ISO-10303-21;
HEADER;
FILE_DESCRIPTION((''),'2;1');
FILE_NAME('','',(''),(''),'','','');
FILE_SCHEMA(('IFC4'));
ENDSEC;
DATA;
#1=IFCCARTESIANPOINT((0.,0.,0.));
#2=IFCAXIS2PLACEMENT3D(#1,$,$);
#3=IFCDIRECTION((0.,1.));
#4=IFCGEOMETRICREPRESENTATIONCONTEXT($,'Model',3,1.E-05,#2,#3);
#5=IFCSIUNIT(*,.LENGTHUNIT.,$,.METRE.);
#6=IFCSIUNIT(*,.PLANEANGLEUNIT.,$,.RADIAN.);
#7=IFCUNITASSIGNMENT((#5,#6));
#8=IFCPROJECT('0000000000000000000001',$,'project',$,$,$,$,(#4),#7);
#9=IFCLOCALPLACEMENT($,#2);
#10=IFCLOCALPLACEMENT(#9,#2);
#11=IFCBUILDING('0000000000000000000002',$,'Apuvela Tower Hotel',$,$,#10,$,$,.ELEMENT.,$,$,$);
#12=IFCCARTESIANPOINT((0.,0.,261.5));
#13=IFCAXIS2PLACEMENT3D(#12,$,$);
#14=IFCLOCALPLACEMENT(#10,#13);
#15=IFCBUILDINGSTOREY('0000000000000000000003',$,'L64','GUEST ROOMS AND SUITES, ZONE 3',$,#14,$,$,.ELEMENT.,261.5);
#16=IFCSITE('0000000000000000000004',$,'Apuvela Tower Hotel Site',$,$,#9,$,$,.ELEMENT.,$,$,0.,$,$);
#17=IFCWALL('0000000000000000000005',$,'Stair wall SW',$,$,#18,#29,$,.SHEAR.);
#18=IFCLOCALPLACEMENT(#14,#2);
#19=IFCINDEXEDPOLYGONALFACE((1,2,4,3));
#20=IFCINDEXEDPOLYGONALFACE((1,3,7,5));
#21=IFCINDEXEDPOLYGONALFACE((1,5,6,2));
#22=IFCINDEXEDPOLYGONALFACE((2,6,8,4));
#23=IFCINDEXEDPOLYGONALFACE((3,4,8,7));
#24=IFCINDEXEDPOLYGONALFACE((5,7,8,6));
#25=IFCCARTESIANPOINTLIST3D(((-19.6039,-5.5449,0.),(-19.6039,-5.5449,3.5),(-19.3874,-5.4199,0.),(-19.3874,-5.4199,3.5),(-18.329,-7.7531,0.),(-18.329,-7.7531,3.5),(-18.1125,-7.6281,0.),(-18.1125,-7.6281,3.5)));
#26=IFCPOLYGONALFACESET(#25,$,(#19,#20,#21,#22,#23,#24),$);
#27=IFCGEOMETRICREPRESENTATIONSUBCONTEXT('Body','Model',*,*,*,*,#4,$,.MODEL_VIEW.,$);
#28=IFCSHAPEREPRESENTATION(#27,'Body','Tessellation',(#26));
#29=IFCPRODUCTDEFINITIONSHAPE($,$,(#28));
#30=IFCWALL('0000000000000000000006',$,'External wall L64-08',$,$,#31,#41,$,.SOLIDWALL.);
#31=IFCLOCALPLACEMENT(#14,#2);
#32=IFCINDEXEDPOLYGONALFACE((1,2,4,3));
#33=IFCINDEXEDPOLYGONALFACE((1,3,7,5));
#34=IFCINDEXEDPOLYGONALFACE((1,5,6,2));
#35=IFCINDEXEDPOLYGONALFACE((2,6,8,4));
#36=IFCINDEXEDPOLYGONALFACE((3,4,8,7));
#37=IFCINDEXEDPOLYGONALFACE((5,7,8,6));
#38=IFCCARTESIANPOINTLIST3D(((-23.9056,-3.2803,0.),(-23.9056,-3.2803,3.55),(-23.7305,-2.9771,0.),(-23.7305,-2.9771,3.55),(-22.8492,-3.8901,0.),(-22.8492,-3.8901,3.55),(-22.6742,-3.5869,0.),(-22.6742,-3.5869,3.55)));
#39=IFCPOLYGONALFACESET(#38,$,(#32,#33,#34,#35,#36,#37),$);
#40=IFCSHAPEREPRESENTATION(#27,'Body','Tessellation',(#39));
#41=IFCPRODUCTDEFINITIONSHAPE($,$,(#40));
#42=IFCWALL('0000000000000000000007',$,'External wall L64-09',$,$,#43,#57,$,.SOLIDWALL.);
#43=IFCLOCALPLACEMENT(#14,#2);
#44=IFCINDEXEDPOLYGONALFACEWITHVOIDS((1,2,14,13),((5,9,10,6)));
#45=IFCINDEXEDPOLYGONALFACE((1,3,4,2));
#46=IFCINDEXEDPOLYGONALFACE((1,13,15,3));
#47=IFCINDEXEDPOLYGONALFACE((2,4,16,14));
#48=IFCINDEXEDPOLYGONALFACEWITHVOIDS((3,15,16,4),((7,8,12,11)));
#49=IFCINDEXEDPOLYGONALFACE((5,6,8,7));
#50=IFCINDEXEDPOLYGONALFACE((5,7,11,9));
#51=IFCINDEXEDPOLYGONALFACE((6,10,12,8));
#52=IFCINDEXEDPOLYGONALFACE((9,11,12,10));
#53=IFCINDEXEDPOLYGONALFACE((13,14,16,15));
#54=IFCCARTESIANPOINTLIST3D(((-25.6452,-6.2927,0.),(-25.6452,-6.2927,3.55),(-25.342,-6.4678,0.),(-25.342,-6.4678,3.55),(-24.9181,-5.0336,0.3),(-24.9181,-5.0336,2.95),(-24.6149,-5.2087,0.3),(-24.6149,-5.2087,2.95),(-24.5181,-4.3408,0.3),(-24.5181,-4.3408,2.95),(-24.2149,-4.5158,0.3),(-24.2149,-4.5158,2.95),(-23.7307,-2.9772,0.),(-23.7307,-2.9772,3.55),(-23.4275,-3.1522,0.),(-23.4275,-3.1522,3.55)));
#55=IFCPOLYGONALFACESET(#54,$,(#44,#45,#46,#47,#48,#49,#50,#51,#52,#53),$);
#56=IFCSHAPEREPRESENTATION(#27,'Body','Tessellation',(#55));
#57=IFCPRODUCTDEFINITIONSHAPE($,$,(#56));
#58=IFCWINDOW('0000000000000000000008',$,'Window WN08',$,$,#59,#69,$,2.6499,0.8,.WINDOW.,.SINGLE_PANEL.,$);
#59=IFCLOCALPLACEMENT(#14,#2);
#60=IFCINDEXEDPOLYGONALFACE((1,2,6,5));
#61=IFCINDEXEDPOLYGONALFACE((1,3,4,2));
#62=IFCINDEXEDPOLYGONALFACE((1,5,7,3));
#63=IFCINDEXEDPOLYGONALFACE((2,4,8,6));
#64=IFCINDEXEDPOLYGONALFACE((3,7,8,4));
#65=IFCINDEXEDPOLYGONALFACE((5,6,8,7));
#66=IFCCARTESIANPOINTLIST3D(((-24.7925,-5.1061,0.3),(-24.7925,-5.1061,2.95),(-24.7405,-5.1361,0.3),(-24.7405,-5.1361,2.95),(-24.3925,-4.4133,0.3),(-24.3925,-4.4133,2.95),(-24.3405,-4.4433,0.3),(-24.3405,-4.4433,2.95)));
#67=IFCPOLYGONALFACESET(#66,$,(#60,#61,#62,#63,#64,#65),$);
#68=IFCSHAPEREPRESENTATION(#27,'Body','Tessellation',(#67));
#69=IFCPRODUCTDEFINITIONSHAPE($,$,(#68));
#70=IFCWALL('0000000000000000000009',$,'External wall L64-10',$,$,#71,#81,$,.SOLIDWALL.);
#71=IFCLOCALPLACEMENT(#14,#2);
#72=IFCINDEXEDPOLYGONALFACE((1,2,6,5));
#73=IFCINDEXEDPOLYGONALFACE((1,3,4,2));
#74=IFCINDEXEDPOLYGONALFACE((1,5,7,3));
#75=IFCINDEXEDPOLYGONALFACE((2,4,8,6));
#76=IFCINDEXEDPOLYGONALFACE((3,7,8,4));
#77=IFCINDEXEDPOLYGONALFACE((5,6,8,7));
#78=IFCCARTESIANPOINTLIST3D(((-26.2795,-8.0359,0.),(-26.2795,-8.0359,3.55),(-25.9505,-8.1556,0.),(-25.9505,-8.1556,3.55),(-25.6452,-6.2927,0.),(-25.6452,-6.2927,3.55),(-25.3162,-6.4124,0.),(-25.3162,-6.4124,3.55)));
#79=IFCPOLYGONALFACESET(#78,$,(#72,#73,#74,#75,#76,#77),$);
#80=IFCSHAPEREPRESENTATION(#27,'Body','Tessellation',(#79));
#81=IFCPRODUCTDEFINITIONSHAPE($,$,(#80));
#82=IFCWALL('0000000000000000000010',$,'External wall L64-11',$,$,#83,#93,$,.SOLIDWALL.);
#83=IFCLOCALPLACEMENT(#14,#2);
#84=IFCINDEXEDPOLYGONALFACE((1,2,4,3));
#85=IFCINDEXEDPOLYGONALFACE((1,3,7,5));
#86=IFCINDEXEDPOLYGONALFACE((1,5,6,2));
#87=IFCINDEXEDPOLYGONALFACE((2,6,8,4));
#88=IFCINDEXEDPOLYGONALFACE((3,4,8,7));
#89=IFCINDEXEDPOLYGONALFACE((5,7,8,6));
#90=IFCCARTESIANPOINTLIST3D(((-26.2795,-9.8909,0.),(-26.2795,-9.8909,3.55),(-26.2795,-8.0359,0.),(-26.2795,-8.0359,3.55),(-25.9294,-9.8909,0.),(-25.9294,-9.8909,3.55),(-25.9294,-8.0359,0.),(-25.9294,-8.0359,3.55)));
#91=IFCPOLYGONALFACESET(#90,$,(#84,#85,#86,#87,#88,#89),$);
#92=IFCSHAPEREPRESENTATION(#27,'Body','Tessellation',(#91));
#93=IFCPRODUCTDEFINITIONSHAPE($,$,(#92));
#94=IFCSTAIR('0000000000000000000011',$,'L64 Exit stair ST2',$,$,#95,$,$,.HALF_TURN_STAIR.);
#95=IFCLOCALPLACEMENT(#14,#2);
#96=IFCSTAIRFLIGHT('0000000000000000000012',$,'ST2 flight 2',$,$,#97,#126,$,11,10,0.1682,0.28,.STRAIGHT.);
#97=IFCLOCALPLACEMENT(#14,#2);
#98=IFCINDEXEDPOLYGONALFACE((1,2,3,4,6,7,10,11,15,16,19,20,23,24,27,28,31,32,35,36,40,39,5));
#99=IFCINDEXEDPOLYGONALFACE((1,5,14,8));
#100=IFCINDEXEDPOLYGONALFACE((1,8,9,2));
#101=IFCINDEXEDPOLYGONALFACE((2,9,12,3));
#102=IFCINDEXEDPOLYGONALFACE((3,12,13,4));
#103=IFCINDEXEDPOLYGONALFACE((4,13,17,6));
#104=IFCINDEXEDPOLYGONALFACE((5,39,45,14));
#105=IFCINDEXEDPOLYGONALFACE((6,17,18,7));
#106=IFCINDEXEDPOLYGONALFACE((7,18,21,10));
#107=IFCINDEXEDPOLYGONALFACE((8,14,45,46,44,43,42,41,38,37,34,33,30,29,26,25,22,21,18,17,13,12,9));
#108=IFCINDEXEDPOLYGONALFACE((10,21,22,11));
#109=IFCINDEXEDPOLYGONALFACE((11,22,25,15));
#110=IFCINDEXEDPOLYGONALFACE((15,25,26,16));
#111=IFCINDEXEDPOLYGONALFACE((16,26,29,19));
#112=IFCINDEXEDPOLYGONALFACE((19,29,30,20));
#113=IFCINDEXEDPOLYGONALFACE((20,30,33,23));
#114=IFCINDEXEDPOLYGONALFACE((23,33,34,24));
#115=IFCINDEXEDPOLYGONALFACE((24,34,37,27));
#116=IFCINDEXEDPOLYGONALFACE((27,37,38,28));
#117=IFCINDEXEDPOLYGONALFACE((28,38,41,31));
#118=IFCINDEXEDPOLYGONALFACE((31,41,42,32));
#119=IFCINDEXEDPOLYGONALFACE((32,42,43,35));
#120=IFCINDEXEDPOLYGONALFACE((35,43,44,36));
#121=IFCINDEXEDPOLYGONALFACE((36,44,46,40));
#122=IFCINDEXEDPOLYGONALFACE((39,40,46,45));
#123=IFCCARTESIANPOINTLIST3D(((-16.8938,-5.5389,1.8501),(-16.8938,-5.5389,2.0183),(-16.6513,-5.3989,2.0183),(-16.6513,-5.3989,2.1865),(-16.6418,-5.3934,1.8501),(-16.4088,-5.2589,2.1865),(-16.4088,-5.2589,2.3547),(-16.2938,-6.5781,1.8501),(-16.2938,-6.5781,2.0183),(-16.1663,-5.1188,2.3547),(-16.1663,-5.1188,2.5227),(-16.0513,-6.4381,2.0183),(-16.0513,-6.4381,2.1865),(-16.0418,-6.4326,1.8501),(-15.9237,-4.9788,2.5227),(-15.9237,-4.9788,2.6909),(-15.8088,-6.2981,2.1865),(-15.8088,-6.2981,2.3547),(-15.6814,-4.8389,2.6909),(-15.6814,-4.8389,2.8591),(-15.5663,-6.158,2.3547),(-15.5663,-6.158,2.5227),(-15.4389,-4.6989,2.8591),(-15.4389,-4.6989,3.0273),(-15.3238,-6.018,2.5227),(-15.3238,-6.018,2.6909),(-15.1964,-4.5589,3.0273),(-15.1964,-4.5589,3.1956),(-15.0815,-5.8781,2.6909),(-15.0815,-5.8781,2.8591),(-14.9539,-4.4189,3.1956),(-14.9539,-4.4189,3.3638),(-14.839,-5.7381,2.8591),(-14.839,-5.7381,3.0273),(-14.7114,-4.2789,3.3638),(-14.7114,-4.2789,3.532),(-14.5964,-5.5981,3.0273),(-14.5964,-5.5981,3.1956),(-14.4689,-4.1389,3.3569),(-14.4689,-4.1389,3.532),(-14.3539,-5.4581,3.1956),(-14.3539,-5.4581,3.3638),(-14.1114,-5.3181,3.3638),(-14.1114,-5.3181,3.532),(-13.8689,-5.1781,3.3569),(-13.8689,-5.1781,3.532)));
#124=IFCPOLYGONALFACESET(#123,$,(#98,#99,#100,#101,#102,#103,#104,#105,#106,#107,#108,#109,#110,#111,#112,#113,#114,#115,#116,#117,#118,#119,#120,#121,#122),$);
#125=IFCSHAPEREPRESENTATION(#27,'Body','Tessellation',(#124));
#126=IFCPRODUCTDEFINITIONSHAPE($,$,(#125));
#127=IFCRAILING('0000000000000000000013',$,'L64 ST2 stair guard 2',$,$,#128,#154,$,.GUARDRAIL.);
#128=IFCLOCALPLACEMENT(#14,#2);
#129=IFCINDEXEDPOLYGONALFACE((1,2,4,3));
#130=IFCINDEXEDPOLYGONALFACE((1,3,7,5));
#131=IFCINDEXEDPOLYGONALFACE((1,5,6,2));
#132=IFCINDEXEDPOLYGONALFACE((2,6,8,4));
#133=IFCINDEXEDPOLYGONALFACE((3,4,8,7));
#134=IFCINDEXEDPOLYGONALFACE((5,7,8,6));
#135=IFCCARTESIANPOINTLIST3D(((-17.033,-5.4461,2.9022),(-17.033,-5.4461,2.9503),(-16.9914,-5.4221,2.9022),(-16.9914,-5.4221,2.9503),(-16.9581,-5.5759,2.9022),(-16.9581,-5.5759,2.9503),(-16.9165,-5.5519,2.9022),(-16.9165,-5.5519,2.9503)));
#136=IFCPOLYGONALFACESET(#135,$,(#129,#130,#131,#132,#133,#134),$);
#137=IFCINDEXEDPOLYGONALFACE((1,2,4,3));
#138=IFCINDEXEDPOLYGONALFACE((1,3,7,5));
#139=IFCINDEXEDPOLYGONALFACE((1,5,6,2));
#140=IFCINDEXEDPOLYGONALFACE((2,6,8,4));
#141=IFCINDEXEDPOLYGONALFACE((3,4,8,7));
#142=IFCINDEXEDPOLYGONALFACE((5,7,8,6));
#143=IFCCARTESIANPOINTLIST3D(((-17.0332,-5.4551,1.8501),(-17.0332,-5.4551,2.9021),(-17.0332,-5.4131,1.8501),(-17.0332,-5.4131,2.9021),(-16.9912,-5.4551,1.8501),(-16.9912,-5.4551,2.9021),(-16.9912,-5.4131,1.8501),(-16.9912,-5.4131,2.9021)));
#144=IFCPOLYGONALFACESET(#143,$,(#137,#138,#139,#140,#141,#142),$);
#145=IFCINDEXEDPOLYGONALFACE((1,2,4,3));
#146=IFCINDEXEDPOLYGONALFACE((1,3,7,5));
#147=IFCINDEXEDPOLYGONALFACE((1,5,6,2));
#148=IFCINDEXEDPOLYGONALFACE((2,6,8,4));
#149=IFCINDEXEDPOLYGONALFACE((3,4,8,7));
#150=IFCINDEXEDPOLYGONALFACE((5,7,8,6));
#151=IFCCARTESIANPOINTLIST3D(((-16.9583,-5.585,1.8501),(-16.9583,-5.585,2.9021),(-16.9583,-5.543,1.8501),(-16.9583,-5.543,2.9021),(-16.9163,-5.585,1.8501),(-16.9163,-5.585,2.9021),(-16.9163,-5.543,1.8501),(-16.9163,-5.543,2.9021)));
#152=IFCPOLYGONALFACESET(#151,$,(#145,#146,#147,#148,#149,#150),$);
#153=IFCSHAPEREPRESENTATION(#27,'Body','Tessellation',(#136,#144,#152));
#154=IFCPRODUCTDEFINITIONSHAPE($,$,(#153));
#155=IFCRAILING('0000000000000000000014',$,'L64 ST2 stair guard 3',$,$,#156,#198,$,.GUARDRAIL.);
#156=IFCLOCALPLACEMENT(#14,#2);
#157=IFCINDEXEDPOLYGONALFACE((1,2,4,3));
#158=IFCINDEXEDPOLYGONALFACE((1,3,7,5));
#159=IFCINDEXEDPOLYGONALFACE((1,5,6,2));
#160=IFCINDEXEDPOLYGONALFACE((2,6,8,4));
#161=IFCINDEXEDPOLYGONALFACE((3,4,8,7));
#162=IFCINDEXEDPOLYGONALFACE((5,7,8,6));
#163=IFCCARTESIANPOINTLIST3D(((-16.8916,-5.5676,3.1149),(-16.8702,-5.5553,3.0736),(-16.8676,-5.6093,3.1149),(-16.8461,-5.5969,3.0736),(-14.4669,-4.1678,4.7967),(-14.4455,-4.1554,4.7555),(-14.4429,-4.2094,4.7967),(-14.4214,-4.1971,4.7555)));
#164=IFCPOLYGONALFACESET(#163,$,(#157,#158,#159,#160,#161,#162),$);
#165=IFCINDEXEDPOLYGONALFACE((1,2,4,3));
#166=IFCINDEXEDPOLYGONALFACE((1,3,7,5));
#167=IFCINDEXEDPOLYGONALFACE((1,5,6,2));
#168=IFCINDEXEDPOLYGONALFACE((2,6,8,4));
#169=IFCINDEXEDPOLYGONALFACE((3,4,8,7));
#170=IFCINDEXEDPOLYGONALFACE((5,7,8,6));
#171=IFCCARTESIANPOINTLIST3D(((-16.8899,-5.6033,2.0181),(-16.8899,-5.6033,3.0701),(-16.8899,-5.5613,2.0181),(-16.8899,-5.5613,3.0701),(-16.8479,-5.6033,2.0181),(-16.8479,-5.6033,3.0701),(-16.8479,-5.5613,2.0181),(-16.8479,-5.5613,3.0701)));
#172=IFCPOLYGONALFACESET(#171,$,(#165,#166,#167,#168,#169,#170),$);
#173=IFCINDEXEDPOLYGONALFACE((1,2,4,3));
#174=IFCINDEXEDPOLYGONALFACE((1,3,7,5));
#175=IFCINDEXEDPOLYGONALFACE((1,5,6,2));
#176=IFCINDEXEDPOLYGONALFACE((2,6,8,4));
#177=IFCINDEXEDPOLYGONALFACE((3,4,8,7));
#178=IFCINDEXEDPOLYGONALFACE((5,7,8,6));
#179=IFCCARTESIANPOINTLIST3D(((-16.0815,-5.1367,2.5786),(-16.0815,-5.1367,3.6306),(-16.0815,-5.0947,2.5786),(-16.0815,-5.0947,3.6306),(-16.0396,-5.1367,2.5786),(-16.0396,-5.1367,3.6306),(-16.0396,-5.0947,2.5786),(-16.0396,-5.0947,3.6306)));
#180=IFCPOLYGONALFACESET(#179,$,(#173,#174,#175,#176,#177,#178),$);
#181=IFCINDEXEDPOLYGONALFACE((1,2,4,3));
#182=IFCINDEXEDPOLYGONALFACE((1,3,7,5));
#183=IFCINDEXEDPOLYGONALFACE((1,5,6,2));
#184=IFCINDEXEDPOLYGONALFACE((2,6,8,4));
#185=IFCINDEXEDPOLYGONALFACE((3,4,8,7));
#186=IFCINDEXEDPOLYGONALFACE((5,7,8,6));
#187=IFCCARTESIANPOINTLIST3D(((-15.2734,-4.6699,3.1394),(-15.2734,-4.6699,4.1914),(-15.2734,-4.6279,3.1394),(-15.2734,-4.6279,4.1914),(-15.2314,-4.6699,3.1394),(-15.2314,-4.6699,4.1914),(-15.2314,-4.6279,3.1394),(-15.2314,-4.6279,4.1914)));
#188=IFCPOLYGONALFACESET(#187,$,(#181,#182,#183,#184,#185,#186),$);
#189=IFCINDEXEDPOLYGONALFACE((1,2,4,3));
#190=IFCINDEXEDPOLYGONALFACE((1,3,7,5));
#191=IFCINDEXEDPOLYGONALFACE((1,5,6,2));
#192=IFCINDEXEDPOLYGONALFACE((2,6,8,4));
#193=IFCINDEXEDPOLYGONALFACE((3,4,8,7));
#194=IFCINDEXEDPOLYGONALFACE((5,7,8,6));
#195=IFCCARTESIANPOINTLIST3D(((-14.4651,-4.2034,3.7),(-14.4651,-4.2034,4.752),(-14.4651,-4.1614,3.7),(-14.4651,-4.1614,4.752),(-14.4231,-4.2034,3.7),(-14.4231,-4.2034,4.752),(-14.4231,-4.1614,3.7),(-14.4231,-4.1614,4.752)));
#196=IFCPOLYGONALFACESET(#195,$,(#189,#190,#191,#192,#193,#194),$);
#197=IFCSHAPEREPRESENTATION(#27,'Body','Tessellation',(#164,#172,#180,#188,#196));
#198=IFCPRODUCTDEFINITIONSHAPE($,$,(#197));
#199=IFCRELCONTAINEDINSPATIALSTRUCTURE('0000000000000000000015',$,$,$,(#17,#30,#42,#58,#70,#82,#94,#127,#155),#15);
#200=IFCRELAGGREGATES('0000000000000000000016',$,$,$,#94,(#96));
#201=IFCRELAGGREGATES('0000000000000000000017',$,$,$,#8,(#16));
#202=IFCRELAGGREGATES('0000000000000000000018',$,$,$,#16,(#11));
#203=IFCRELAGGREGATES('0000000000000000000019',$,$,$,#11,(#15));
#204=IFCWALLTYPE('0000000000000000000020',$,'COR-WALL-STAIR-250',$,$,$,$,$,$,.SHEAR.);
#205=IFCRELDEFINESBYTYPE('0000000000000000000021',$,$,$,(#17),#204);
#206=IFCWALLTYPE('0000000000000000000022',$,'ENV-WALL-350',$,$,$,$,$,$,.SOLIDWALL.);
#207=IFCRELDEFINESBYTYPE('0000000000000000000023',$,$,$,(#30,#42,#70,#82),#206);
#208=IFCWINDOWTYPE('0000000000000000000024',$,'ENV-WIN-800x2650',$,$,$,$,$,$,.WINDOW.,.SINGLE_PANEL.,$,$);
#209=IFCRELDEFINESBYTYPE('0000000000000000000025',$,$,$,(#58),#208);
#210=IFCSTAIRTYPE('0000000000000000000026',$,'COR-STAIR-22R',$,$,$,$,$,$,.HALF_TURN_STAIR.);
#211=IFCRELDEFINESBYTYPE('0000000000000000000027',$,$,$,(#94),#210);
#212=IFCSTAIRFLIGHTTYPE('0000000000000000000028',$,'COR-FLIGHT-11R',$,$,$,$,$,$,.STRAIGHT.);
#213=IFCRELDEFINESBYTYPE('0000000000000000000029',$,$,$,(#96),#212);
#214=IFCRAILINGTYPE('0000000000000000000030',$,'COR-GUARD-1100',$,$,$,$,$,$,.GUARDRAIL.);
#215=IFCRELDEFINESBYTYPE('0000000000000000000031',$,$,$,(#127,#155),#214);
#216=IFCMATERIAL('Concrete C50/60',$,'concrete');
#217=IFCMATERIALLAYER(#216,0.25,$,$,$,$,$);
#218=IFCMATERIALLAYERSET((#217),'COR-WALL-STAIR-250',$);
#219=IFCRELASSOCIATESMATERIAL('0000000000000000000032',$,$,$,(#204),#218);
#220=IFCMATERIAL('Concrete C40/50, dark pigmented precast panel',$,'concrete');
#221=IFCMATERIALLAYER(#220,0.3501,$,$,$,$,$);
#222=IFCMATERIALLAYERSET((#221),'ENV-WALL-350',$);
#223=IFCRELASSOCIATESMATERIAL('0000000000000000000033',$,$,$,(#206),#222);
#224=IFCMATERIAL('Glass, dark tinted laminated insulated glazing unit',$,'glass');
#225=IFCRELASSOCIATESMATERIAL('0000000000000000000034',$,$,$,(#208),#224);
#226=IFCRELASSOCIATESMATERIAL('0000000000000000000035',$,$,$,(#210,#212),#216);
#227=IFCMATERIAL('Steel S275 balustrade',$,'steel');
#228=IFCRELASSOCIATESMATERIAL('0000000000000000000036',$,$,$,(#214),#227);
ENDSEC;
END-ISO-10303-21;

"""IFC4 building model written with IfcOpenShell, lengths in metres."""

from ifc_helpers import new_model, si_unit, direction, frame, frame_2d, origin, origin_2d, place, context, subcontext, project, spatial, polyline, rectangle, outline, extrude, material, layer, layer_set, type_object, element, fill, aggregate, save


model = new_model("IFC4")

# Units and contexts
model_context = context("Model", 3, precision=1e-05, world=origin(), true_north=direction((0.0, 1.0)))
body_context = subcontext(model_context, "Body", "Model", "MODEL_VIEW")
ifc_project = project(units=[si_unit("LENGTHUNIT", "METRE"), si_unit("PLANEANGLEUNIT", "RADIAN")], contexts=[model_context])

# Site, building, storey
site_placement = place(None, origin())
site = spatial("IfcSite", under=ifc_project, at=site_placement, Name="Apuvela Tower Hotel Site", CompositionType="ELEMENT", RefElevation=0.0)
building_placement = place(site_placement, origin())
building = spatial("IfcBuilding", under=site, at=building_placement, Name="Apuvela Tower Hotel", CompositionType="ELEMENT")
storey_placement = place(building_placement, frame((0.0, 0.0, 261.5)))
storey = spatial("IfcBuildingStorey", under=building, at=storey_placement, Name="L64", Description="GUEST ROOMS AND SUITES, ZONE 3", CompositionType="ELEMENT", Elevation=261.5)

# Walls
ifc_material_1 = material(Name="Concrete C50/60", Category="concrete")
ifc_layer_1 = layer(ifc_material_1, 0.25)
ifc_layer_set_1 = layer_set([ifc_layer_1], Name="COR-WALL-STAIR-250")
wall_type_1 = type_object("IfcWallType", Name="COR-WALL-STAIR-250", PredefinedType="SHEAR", material=ifc_layer_set_1)
wall_1_placement = place(storey_placement, frame((-19.4956, -5.4824, 0.0), z_axis=(0.0, 0.0, 1.0), x_axis=(0.49999, -0.866031, 0.0)))
element("IfcWall", 1, at=wall_1_placement, inside=storey, type_object=wall_type_1, Name="Stair wall SW", PredefinedType="SHEAR", context=body_context, shape_type="SweptSolid", body=[
    extrude(rectangle(XDim=2.5498, YDim=0.25, at=frame_2d((1.2749, 0.0))), origin(), (0.0, 0.0, 1.0), 3.5),
])
ifc_material_2 = material(Name="Concrete C40/50, dark pigmented precast panel", Category="concrete")
ifc_layer_2 = layer(ifc_material_2, 0.3501)
ifc_layer_set_2 = layer_set([ifc_layer_2], Name="ENV-WALL-350")
wall_type_2 = type_object("IfcWallType", Name="ENV-WALL-350", PredefinedType="SOLIDWALL", material=ifc_layer_set_2)
wall_2_placement = place(storey_placement, frame((-22.7617, -3.7385, 0.0), z_axis=(0.0, 0.0, 1.0), x_axis=(-0.866042, 0.499971, 0.0)))
element("IfcWall", 2, at=wall_2_placement, inside=storey, type_object=wall_type_2, Name="External wall L64-08", PredefinedType="SOLIDWALL", context=body_context, shape_type="SweptSolid", body=[
    extrude(rectangle(XDim=1.2197, YDim=0.3501, at=frame_2d((0.6099, 0.0))), origin(), (0.0, 0.0, 1.0), 3.55),
])

# Wall, opening, window
wall_3_placement = place(storey_placement, frame((-23.5791, -3.0647, 0.0), z_axis=(0.0, 0.0, 1.0), x_axis=(-0.500048, -0.865998, 0.0)))
wall_3 = element("IfcWall", 3, at=wall_3_placement, inside=storey, type_object=wall_type_2, Name="External wall L64-09", PredefinedType="SOLIDWALL", context=body_context, shape_type="SweptSolid", body=[
    extrude(rectangle(XDim=3.8286, YDim=0.3501, at=frame_2d((1.9143, 0.0))), origin(), (0.0, 0.0, 1.0), 3.55),
])
opening_1_placement = place(wall_3_placement, frame((1.5747, 0.0, 0.3)))
opening_1 = element("IfcOpeningElement", 4, at=opening_1_placement, cuts=wall_3, PredefinedType="OPENING", context=body_context, shape_type="SweptSolid", body=[
    extrude(rectangle(XDim=0.8, YDim=2.6499, at=frame_2d((0.3999, 1.325))), frame((0.0, 0.1851, 0.0), z_axis=(0.0, -1.0, 0.0), x_axis=(1.0, 0.0, 0.0)), (0.0, 0.0, 1.0), 0.3701),
])
ifc_material_3 = material(Name="Glass, dark tinted laminated insulated glazing unit", Category="glass")
window_type = type_object("IfcWindowType", Name="ENV-WIN-800x2650", PartitioningType="SINGLE_PANEL", PredefinedType="WINDOW", material=ifc_material_3)
window_placement = place(opening_1_placement, origin())
window = element("IfcWindow", 5, at=window_placement, inside=storey, type_object=window_type, Name="Window WN08", OverallHeight=2.6499, OverallWidth=0.8, PartitioningType="SINGLE_PANEL", PredefinedType="WINDOW", context=body_context, shape_type="SweptSolid", body=[
    extrude(rectangle(XDim=0.8, YDim=2.6499, at=frame_2d((0.3999, 1.325))), frame((0.0, 0.03, 0.0), z_axis=(0.0, -1.0, 0.0), x_axis=(1.0, 0.0, 0.0)), (0.0, 0.0, 1.0), 0.0601),
])
fill(opening_1, window)

# Walls
for number, where, z_axis, x_axis, name in (
    (6, (-25.4807, -6.3525, 0.0), (0.0, 0.0, 1.0), (-0.341933, -0.939724, 0.0), "External wall L64-10"),
    (7, (-26.1045, -8.0359, 0.0), (0.0, 0.0, 1.0), (0.0, -1.0, 0.0), "External wall L64-11"),
):
    element("IfcWall", number, at=place(storey_placement, frame(where, z_axis=z_axis, x_axis=x_axis)), inside=storey, type_object=wall_type_2, Name=name, PredefinedType="SOLIDWALL", context=body_context, shape_type="SweptSolid", body=[
        extrude(rectangle(XDim=1.855, YDim=0.3501, at=frame_2d((0.9275, 0.0))), origin(), (0.0, 0.0, 1.0), 3.55),
    ])

# Stair, stair flight
stair_type = type_object("IfcStairType", Name="COR-STAIR-22R", PredefinedType="HALF_TURN_STAIR", material=ifc_material_1)
stair_placement = place(storey_placement, origin())
stair = element("IfcStair", 8, at=stair_placement, inside=storey, type_object=stair_type, Name="L64 Exit stair ST2", PredefinedType="HALF_TURN_STAIR")
stair_flight_type = type_object("IfcStairFlightType", Name="COR-FLIGHT-11R", PredefinedType="STRAIGHT", material=ifc_material_1)
stair_flight_placement = place(storey_placement, frame((-16.5938, -6.0586, 1.8501), z_axis=(0.0, 0.0, 1.0), x_axis=(0.866025, 0.5, 0.0)))
stair_flight = element("IfcStairFlight", 9, at=stair_flight_placement, type_object=stair_flight_type, Name="ST2 flight 2", NumberOfRisers=11, NumberOfTreads=10, PredefinedType="STRAIGHT", RiserHeight=0.1682, TreadLength=0.28, context=body_context, shape_type="SweptSolid", body=[
    extrude(outline(polyline([(0.0, 0.0), (0.0, 0.1682), (0.28, 0.1682), (0.28, 0.3364), (0.5601, 0.3364), (0.5601, 0.5046), (0.8401, 0.5046), (0.8401, 0.6726), (1.1201, 0.6726), (1.1201, 0.8408), (1.3999, 0.8408), (1.3999, 1.009), (1.6799, 1.009), (1.6799, 1.1772), (1.96, 1.1772), (1.96, 1.3455), (2.24, 1.3455), (2.24, 1.5137), (2.52, 1.5137), (2.52, 1.6819), (2.8, 1.6819), (2.8, 1.8501), (2.8, 1.5068), (0.291, 0.0), (0.0, 0.0)])), frame((0.0, 0.6001, 0.0), z_axis=(0.0, -1.0, 0.0), x_axis=(1.0, 0.0, 0.0)), (0.0, 0.0, 1.0), 1.2),
])
aggregate(stair, [stair_flight])

# Railings
ifc_material_4 = material(Name="Steel S275 balustrade", Category="steel")
railing_type_1 = type_object("IfcRailingType", Name="COR-GUARD-1100", PredefinedType="GUARDRAIL", material=ifc_material_4)
railing_1_placement = place(storey_placement, frame((-17.0122, -5.4341, 1.8501)))
element("IfcRailing", 10, at=railing_1_placement, inside=storey, type_object=railing_type_1, Name="L64 ST2 stair guard 2", PredefinedType="GUARDRAIL", context=body_context, shape_type="SweptSolid", body=[
    extrude(rectangle(XDim=0.0481, YDim=0.0481, at=origin_2d()), frame((0.0, 0.0, 1.0762), z_axis=(0.499816, -0.866131, 0.0), x_axis=(0.866131, 0.499816, 0.0)), (0.0, 0.0, 1.0), 0.1499),
    extrude(rectangle(XDim=0.042, YDim=0.042, at=origin_2d()), origin(), (0.0, 0.0, 1.0), 1.052),
    extrude(rectangle(XDim=0.042, YDim=0.042, at=origin_2d()), frame((0.075, -0.1299, 0.0)), (0.0, 0.0, 1.0), 1.052),
])
railing_2_placement = place(storey_placement, frame((-16.8689, -5.5823, 2.0181)))
element("IfcRailing", 11, at=railing_2_placement, inside=storey, type_object=railing_type_1, Name="L64 ST2 stair guard 3", PredefinedType="GUARDRAIL", context=body_context, shape_type="SweptSolid", body=[
    extrude(rectangle(XDim=0.0481, YDim=0.0481, at=origin_2d()), frame((0.0, 0.0, 1.0762), z_axis=(0.74239, 0.428601, 0.514934), x_axis=(-0.499984, 0.866035, 0.0)), (0.0, 0.0, 1.0), 3.2661),
    extrude(rectangle(XDim=0.042, YDim=0.042, at=origin_2d()), origin(), (0.0, 0.0, 1.0), 1.052),
    extrude(rectangle(XDim=0.042, YDim=0.042, at=origin_2d()), frame((0.8083, 0.4666, 0.5605)), (0.0, 0.0, 1.0), 1.052),
    extrude(rectangle(XDim=0.042, YDim=0.042, at=origin_2d()), frame((1.6165, 0.9333, 1.1213)), (0.0, 0.0, 1.0), 1.052),
    extrude(rectangle(XDim=0.042, YDim=0.042, at=origin_2d()), frame((2.4248, 1.3999, 1.6819)), (0.0, 0.0, 1.0), 1.052),
])

save(model, "model.ifc")
